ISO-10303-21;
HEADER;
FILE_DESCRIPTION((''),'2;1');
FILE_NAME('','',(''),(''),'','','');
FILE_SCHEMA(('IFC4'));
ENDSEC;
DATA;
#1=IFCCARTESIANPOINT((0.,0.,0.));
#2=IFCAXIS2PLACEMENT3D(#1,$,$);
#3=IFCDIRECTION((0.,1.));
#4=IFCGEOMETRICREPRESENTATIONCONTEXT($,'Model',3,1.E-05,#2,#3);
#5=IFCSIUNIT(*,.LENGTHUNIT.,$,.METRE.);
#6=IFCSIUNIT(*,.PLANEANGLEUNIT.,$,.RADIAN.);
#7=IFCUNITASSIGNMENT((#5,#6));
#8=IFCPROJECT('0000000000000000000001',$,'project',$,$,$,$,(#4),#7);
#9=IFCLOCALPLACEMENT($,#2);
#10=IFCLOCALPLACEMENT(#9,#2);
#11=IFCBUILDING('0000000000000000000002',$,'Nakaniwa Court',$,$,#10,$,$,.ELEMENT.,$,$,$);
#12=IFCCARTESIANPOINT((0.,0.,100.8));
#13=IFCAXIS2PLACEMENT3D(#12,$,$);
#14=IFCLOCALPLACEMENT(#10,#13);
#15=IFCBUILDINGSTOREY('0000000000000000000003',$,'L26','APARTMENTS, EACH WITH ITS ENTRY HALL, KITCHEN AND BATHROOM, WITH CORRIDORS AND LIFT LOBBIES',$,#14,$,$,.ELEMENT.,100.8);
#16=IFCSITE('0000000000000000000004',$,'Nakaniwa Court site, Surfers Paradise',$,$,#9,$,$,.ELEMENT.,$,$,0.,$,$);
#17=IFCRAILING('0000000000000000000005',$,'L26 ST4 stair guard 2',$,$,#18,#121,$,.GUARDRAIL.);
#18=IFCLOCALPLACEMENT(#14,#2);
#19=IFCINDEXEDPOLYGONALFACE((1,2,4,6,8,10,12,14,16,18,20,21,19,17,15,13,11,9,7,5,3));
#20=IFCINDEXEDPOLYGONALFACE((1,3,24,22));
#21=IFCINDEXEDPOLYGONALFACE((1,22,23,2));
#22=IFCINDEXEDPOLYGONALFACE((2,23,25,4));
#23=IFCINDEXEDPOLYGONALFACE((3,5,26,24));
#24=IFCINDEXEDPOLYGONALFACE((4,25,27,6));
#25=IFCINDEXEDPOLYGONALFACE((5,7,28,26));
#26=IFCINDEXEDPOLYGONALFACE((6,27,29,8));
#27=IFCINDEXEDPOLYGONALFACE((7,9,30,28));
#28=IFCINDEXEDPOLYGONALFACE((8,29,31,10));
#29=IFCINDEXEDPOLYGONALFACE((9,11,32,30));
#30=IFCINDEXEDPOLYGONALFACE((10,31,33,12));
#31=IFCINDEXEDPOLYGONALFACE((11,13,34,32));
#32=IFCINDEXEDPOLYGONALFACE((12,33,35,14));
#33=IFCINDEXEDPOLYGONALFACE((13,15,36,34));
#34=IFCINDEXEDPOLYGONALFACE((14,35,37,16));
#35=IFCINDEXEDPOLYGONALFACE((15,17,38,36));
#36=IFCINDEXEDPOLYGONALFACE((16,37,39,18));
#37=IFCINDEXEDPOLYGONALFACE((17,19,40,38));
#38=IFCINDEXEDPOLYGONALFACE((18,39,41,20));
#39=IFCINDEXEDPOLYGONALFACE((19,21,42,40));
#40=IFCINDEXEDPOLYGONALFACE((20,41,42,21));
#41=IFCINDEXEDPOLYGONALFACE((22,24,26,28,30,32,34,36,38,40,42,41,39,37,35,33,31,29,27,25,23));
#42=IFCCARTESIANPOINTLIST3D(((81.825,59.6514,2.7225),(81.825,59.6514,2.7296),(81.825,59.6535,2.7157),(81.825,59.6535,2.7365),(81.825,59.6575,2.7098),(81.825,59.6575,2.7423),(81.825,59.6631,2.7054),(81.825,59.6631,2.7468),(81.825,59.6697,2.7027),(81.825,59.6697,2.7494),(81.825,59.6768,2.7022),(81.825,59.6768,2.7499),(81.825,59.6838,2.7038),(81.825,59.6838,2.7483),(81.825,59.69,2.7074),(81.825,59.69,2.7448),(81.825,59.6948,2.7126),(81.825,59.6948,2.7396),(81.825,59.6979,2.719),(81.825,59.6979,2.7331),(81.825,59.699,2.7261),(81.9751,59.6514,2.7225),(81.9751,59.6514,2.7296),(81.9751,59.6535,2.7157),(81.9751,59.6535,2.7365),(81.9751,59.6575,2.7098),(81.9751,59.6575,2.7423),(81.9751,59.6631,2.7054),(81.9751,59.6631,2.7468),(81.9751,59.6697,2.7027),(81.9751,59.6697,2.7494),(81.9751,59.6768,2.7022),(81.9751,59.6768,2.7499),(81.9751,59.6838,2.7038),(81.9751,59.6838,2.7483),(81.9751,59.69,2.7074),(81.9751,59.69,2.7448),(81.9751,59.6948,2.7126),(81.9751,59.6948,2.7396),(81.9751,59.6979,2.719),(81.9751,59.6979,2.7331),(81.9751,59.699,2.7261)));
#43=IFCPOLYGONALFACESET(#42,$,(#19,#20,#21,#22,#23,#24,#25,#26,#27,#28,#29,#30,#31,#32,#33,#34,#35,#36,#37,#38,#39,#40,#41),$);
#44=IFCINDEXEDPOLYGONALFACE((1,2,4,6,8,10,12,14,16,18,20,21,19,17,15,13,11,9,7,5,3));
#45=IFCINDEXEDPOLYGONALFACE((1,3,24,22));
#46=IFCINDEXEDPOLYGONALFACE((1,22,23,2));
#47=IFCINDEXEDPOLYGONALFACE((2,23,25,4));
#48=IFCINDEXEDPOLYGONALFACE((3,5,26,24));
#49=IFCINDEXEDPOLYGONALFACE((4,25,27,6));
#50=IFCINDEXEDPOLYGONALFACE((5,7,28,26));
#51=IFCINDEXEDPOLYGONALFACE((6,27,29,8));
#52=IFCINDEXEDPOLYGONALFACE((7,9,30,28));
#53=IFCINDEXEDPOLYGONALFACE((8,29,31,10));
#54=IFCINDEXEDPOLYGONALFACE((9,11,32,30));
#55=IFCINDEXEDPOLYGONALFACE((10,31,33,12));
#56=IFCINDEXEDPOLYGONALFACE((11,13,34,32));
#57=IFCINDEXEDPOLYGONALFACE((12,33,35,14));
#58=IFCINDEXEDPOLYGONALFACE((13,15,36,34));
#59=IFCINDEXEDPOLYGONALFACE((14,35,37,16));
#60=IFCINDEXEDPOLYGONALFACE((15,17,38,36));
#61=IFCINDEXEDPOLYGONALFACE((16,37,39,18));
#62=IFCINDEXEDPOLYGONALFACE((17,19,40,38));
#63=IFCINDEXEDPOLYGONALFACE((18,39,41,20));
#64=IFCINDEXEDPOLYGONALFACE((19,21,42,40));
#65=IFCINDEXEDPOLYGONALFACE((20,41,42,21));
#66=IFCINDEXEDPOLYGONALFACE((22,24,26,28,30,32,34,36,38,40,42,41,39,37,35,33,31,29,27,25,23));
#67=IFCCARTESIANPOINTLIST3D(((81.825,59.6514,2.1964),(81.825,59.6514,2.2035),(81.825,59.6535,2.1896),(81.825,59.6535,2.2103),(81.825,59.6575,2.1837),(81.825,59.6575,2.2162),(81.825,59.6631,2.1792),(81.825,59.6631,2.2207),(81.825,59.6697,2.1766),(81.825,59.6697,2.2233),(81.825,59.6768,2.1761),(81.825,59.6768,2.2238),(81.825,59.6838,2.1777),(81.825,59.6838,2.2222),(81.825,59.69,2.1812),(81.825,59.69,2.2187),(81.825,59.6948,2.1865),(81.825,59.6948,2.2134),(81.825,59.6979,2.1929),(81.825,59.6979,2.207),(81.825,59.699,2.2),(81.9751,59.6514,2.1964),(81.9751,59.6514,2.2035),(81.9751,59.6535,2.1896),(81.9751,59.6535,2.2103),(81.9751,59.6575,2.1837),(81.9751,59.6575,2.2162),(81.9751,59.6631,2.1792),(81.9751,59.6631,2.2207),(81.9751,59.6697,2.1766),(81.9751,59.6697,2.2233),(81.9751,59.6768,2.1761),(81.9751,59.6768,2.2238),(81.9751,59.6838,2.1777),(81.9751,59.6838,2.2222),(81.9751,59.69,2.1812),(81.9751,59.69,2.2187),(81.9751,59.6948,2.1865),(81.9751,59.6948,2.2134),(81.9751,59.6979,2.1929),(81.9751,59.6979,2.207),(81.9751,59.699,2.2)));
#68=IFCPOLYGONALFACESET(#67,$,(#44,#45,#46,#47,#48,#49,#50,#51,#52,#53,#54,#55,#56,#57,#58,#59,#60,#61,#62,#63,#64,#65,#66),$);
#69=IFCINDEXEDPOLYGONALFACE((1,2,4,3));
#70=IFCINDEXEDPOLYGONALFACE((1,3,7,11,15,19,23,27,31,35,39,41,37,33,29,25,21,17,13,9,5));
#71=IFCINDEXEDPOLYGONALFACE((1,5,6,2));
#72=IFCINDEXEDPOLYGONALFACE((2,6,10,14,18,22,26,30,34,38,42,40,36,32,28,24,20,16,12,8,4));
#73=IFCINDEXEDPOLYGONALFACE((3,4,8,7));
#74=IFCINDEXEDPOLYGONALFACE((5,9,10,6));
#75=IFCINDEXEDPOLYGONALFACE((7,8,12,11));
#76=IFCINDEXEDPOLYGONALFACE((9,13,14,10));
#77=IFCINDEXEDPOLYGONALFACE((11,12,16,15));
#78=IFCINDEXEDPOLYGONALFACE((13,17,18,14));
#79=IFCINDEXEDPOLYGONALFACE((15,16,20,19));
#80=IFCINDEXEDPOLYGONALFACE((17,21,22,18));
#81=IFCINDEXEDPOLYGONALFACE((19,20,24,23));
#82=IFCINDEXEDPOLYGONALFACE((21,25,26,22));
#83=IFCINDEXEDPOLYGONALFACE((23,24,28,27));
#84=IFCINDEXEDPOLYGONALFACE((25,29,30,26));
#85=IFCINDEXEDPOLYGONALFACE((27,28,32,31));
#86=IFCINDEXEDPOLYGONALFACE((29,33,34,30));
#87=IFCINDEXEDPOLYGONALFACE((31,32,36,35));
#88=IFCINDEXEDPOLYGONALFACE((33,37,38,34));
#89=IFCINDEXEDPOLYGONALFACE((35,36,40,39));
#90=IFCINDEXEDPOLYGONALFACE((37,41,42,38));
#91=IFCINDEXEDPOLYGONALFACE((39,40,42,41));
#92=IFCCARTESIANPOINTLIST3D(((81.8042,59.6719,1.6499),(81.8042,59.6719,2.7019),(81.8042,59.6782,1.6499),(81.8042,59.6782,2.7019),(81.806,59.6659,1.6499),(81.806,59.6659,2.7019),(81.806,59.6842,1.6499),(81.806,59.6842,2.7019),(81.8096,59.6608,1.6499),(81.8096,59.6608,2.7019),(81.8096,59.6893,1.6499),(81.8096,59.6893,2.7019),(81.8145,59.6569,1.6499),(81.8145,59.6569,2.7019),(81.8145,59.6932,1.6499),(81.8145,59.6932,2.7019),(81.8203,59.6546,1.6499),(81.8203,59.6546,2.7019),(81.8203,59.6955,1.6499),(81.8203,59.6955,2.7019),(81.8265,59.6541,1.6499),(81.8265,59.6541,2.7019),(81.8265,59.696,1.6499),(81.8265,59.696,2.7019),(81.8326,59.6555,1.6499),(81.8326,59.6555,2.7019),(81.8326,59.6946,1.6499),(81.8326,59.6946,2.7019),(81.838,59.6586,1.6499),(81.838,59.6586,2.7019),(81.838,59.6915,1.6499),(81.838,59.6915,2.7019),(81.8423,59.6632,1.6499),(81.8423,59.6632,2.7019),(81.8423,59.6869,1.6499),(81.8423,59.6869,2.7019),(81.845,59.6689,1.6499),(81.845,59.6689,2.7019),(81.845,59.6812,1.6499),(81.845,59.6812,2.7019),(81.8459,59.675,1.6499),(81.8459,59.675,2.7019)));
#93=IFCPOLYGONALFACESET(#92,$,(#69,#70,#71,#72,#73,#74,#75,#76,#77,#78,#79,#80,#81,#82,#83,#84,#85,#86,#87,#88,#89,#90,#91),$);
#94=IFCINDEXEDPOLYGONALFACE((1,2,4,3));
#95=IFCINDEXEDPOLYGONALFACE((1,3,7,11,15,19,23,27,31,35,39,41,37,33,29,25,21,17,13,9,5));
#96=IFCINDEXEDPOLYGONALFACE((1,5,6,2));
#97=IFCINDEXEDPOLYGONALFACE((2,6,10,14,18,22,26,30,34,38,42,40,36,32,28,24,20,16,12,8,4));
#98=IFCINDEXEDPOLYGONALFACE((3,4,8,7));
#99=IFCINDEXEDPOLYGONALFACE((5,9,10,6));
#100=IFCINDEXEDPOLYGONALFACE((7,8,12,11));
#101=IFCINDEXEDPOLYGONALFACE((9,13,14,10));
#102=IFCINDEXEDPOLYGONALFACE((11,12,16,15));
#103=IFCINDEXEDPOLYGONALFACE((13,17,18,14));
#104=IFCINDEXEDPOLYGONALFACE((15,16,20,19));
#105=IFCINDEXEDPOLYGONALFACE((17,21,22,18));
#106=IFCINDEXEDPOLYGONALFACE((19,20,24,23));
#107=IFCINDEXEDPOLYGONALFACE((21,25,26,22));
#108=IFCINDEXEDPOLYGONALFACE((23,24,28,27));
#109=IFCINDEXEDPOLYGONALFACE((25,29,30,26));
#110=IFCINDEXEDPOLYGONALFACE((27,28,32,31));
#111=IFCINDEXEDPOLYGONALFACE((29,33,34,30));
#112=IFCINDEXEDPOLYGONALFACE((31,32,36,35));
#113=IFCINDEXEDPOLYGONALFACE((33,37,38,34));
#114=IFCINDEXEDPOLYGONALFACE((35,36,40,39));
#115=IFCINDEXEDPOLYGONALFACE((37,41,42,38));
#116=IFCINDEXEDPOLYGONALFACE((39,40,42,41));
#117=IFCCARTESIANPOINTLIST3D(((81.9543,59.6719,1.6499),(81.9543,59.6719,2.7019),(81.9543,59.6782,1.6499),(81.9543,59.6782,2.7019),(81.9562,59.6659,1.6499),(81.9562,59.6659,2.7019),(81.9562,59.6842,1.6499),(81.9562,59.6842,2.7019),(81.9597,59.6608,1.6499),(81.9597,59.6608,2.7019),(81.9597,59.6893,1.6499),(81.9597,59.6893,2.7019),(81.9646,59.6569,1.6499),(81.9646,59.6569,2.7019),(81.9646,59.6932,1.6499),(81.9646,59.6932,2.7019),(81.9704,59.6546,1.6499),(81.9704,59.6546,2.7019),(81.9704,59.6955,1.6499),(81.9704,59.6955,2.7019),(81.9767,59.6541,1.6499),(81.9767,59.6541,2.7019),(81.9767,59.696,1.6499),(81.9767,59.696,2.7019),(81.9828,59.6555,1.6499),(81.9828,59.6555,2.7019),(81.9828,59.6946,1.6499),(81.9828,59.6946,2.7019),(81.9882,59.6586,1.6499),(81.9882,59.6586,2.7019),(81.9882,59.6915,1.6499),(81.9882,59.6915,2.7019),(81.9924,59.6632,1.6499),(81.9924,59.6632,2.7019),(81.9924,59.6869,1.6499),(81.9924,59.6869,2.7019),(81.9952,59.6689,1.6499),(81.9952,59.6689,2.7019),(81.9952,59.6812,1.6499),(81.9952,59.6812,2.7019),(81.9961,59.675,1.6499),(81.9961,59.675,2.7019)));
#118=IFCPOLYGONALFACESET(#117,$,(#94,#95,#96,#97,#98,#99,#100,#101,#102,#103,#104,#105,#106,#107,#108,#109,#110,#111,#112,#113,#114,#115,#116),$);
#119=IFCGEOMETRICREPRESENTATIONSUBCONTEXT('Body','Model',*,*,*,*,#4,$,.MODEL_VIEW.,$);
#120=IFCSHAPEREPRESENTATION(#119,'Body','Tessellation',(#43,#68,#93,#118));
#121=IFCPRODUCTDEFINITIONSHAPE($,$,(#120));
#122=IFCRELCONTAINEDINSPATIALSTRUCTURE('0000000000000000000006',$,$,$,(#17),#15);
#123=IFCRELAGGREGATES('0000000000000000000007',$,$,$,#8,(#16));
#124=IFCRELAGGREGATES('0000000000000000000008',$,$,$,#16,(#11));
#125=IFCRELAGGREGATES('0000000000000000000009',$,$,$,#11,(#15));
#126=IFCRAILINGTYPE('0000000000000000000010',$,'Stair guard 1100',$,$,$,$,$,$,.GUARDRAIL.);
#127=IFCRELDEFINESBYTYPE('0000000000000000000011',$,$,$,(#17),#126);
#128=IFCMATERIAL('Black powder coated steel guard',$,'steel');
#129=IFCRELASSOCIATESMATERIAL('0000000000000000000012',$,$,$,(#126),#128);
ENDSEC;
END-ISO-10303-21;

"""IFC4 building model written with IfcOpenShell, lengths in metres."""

from ifc_helpers import new_model, si_unit, direction, frame, origin, origin_2d, place, context, subcontext, project, spatial, circle, extrude, material, type_object, element, save


model = new_model("IFC4")

# Units and contexts
model_context = context("Model", 3, precision=1e-05, world=origin(), true_north=direction((0.0, 1.0)))
body_context = subcontext(model_context, "Body", "Model", "MODEL_VIEW")
ifc_project = project(units=[si_unit("LENGTHUNIT", "METRE"), si_unit("PLANEANGLEUNIT", "RADIAN")], contexts=[model_context])

# Site, building, storey
site_placement = place(None, origin())
site = spatial("IfcSite", under=ifc_project, at=site_placement, Name="Nakaniwa Court site, Surfers Paradise", CompositionType="ELEMENT", RefElevation=0.0)
building_placement = place(site_placement, origin())
building = spatial("IfcBuilding", under=site, at=building_placement, Name="Nakaniwa Court", CompositionType="ELEMENT")
storey_placement = place(building_placement, frame((0.0, 0.0, 100.8)))
storey = spatial("IfcBuildingStorey", under=building, at=storey_placement, Name="L26", Description="APARTMENTS, EACH WITH ITS ENTRY HALL, KITCHEN AND BATHROOM, WITH CORRIDORS AND LIFT LOBBIES", CompositionType="ELEMENT", Elevation=100.8)

# Railing
ifc_material_1 = material(Name="Black powder coated steel guard", Category="steel")
railing_type_1 = type_object("IfcRailingType", Name="Stair guard 1100", PredefinedType="GUARDRAIL", material=ifc_material_1)
railing_1_placement = place(storey_placement, frame((81.825, 59.675, 1.6499)))
element("IfcRailing", 1, at=railing_1_placement, inside=storey, type_object=railing_type_1, Name="L26 ST4 stair guard 2", PredefinedType="GUARDRAIL", context=body_context, shape_type="SweptSolid", body=[
    extrude(circle(Radius=0.0239, at=origin_2d()), frame((0.0, 0.0, 1.0762), z_axis=(1.0, 0.0, 0.0), x_axis=(0.0, 1.0, 0.0)), (0.0, 0.0, 1.0), 0.1501),
    extrude(circle(Radius=0.0239, at=origin_2d()), frame((0.0, 0.0, 0.55), z_axis=(1.0, 0.0, 0.0), x_axis=(0.0, 1.0, 0.0)), (0.0, 0.0, 1.0), 0.1501),
    extrude(circle(Radius=0.021, at=origin_2d()), origin(), (0.0, 0.0, 1.0), 1.052),
    extrude(circle(Radius=0.021, at=origin_2d()), frame((0.1501, 0.0, 0.0)), (0.0, 0.0, 1.0), 1.052),
])

save(model, "model.ifc")
